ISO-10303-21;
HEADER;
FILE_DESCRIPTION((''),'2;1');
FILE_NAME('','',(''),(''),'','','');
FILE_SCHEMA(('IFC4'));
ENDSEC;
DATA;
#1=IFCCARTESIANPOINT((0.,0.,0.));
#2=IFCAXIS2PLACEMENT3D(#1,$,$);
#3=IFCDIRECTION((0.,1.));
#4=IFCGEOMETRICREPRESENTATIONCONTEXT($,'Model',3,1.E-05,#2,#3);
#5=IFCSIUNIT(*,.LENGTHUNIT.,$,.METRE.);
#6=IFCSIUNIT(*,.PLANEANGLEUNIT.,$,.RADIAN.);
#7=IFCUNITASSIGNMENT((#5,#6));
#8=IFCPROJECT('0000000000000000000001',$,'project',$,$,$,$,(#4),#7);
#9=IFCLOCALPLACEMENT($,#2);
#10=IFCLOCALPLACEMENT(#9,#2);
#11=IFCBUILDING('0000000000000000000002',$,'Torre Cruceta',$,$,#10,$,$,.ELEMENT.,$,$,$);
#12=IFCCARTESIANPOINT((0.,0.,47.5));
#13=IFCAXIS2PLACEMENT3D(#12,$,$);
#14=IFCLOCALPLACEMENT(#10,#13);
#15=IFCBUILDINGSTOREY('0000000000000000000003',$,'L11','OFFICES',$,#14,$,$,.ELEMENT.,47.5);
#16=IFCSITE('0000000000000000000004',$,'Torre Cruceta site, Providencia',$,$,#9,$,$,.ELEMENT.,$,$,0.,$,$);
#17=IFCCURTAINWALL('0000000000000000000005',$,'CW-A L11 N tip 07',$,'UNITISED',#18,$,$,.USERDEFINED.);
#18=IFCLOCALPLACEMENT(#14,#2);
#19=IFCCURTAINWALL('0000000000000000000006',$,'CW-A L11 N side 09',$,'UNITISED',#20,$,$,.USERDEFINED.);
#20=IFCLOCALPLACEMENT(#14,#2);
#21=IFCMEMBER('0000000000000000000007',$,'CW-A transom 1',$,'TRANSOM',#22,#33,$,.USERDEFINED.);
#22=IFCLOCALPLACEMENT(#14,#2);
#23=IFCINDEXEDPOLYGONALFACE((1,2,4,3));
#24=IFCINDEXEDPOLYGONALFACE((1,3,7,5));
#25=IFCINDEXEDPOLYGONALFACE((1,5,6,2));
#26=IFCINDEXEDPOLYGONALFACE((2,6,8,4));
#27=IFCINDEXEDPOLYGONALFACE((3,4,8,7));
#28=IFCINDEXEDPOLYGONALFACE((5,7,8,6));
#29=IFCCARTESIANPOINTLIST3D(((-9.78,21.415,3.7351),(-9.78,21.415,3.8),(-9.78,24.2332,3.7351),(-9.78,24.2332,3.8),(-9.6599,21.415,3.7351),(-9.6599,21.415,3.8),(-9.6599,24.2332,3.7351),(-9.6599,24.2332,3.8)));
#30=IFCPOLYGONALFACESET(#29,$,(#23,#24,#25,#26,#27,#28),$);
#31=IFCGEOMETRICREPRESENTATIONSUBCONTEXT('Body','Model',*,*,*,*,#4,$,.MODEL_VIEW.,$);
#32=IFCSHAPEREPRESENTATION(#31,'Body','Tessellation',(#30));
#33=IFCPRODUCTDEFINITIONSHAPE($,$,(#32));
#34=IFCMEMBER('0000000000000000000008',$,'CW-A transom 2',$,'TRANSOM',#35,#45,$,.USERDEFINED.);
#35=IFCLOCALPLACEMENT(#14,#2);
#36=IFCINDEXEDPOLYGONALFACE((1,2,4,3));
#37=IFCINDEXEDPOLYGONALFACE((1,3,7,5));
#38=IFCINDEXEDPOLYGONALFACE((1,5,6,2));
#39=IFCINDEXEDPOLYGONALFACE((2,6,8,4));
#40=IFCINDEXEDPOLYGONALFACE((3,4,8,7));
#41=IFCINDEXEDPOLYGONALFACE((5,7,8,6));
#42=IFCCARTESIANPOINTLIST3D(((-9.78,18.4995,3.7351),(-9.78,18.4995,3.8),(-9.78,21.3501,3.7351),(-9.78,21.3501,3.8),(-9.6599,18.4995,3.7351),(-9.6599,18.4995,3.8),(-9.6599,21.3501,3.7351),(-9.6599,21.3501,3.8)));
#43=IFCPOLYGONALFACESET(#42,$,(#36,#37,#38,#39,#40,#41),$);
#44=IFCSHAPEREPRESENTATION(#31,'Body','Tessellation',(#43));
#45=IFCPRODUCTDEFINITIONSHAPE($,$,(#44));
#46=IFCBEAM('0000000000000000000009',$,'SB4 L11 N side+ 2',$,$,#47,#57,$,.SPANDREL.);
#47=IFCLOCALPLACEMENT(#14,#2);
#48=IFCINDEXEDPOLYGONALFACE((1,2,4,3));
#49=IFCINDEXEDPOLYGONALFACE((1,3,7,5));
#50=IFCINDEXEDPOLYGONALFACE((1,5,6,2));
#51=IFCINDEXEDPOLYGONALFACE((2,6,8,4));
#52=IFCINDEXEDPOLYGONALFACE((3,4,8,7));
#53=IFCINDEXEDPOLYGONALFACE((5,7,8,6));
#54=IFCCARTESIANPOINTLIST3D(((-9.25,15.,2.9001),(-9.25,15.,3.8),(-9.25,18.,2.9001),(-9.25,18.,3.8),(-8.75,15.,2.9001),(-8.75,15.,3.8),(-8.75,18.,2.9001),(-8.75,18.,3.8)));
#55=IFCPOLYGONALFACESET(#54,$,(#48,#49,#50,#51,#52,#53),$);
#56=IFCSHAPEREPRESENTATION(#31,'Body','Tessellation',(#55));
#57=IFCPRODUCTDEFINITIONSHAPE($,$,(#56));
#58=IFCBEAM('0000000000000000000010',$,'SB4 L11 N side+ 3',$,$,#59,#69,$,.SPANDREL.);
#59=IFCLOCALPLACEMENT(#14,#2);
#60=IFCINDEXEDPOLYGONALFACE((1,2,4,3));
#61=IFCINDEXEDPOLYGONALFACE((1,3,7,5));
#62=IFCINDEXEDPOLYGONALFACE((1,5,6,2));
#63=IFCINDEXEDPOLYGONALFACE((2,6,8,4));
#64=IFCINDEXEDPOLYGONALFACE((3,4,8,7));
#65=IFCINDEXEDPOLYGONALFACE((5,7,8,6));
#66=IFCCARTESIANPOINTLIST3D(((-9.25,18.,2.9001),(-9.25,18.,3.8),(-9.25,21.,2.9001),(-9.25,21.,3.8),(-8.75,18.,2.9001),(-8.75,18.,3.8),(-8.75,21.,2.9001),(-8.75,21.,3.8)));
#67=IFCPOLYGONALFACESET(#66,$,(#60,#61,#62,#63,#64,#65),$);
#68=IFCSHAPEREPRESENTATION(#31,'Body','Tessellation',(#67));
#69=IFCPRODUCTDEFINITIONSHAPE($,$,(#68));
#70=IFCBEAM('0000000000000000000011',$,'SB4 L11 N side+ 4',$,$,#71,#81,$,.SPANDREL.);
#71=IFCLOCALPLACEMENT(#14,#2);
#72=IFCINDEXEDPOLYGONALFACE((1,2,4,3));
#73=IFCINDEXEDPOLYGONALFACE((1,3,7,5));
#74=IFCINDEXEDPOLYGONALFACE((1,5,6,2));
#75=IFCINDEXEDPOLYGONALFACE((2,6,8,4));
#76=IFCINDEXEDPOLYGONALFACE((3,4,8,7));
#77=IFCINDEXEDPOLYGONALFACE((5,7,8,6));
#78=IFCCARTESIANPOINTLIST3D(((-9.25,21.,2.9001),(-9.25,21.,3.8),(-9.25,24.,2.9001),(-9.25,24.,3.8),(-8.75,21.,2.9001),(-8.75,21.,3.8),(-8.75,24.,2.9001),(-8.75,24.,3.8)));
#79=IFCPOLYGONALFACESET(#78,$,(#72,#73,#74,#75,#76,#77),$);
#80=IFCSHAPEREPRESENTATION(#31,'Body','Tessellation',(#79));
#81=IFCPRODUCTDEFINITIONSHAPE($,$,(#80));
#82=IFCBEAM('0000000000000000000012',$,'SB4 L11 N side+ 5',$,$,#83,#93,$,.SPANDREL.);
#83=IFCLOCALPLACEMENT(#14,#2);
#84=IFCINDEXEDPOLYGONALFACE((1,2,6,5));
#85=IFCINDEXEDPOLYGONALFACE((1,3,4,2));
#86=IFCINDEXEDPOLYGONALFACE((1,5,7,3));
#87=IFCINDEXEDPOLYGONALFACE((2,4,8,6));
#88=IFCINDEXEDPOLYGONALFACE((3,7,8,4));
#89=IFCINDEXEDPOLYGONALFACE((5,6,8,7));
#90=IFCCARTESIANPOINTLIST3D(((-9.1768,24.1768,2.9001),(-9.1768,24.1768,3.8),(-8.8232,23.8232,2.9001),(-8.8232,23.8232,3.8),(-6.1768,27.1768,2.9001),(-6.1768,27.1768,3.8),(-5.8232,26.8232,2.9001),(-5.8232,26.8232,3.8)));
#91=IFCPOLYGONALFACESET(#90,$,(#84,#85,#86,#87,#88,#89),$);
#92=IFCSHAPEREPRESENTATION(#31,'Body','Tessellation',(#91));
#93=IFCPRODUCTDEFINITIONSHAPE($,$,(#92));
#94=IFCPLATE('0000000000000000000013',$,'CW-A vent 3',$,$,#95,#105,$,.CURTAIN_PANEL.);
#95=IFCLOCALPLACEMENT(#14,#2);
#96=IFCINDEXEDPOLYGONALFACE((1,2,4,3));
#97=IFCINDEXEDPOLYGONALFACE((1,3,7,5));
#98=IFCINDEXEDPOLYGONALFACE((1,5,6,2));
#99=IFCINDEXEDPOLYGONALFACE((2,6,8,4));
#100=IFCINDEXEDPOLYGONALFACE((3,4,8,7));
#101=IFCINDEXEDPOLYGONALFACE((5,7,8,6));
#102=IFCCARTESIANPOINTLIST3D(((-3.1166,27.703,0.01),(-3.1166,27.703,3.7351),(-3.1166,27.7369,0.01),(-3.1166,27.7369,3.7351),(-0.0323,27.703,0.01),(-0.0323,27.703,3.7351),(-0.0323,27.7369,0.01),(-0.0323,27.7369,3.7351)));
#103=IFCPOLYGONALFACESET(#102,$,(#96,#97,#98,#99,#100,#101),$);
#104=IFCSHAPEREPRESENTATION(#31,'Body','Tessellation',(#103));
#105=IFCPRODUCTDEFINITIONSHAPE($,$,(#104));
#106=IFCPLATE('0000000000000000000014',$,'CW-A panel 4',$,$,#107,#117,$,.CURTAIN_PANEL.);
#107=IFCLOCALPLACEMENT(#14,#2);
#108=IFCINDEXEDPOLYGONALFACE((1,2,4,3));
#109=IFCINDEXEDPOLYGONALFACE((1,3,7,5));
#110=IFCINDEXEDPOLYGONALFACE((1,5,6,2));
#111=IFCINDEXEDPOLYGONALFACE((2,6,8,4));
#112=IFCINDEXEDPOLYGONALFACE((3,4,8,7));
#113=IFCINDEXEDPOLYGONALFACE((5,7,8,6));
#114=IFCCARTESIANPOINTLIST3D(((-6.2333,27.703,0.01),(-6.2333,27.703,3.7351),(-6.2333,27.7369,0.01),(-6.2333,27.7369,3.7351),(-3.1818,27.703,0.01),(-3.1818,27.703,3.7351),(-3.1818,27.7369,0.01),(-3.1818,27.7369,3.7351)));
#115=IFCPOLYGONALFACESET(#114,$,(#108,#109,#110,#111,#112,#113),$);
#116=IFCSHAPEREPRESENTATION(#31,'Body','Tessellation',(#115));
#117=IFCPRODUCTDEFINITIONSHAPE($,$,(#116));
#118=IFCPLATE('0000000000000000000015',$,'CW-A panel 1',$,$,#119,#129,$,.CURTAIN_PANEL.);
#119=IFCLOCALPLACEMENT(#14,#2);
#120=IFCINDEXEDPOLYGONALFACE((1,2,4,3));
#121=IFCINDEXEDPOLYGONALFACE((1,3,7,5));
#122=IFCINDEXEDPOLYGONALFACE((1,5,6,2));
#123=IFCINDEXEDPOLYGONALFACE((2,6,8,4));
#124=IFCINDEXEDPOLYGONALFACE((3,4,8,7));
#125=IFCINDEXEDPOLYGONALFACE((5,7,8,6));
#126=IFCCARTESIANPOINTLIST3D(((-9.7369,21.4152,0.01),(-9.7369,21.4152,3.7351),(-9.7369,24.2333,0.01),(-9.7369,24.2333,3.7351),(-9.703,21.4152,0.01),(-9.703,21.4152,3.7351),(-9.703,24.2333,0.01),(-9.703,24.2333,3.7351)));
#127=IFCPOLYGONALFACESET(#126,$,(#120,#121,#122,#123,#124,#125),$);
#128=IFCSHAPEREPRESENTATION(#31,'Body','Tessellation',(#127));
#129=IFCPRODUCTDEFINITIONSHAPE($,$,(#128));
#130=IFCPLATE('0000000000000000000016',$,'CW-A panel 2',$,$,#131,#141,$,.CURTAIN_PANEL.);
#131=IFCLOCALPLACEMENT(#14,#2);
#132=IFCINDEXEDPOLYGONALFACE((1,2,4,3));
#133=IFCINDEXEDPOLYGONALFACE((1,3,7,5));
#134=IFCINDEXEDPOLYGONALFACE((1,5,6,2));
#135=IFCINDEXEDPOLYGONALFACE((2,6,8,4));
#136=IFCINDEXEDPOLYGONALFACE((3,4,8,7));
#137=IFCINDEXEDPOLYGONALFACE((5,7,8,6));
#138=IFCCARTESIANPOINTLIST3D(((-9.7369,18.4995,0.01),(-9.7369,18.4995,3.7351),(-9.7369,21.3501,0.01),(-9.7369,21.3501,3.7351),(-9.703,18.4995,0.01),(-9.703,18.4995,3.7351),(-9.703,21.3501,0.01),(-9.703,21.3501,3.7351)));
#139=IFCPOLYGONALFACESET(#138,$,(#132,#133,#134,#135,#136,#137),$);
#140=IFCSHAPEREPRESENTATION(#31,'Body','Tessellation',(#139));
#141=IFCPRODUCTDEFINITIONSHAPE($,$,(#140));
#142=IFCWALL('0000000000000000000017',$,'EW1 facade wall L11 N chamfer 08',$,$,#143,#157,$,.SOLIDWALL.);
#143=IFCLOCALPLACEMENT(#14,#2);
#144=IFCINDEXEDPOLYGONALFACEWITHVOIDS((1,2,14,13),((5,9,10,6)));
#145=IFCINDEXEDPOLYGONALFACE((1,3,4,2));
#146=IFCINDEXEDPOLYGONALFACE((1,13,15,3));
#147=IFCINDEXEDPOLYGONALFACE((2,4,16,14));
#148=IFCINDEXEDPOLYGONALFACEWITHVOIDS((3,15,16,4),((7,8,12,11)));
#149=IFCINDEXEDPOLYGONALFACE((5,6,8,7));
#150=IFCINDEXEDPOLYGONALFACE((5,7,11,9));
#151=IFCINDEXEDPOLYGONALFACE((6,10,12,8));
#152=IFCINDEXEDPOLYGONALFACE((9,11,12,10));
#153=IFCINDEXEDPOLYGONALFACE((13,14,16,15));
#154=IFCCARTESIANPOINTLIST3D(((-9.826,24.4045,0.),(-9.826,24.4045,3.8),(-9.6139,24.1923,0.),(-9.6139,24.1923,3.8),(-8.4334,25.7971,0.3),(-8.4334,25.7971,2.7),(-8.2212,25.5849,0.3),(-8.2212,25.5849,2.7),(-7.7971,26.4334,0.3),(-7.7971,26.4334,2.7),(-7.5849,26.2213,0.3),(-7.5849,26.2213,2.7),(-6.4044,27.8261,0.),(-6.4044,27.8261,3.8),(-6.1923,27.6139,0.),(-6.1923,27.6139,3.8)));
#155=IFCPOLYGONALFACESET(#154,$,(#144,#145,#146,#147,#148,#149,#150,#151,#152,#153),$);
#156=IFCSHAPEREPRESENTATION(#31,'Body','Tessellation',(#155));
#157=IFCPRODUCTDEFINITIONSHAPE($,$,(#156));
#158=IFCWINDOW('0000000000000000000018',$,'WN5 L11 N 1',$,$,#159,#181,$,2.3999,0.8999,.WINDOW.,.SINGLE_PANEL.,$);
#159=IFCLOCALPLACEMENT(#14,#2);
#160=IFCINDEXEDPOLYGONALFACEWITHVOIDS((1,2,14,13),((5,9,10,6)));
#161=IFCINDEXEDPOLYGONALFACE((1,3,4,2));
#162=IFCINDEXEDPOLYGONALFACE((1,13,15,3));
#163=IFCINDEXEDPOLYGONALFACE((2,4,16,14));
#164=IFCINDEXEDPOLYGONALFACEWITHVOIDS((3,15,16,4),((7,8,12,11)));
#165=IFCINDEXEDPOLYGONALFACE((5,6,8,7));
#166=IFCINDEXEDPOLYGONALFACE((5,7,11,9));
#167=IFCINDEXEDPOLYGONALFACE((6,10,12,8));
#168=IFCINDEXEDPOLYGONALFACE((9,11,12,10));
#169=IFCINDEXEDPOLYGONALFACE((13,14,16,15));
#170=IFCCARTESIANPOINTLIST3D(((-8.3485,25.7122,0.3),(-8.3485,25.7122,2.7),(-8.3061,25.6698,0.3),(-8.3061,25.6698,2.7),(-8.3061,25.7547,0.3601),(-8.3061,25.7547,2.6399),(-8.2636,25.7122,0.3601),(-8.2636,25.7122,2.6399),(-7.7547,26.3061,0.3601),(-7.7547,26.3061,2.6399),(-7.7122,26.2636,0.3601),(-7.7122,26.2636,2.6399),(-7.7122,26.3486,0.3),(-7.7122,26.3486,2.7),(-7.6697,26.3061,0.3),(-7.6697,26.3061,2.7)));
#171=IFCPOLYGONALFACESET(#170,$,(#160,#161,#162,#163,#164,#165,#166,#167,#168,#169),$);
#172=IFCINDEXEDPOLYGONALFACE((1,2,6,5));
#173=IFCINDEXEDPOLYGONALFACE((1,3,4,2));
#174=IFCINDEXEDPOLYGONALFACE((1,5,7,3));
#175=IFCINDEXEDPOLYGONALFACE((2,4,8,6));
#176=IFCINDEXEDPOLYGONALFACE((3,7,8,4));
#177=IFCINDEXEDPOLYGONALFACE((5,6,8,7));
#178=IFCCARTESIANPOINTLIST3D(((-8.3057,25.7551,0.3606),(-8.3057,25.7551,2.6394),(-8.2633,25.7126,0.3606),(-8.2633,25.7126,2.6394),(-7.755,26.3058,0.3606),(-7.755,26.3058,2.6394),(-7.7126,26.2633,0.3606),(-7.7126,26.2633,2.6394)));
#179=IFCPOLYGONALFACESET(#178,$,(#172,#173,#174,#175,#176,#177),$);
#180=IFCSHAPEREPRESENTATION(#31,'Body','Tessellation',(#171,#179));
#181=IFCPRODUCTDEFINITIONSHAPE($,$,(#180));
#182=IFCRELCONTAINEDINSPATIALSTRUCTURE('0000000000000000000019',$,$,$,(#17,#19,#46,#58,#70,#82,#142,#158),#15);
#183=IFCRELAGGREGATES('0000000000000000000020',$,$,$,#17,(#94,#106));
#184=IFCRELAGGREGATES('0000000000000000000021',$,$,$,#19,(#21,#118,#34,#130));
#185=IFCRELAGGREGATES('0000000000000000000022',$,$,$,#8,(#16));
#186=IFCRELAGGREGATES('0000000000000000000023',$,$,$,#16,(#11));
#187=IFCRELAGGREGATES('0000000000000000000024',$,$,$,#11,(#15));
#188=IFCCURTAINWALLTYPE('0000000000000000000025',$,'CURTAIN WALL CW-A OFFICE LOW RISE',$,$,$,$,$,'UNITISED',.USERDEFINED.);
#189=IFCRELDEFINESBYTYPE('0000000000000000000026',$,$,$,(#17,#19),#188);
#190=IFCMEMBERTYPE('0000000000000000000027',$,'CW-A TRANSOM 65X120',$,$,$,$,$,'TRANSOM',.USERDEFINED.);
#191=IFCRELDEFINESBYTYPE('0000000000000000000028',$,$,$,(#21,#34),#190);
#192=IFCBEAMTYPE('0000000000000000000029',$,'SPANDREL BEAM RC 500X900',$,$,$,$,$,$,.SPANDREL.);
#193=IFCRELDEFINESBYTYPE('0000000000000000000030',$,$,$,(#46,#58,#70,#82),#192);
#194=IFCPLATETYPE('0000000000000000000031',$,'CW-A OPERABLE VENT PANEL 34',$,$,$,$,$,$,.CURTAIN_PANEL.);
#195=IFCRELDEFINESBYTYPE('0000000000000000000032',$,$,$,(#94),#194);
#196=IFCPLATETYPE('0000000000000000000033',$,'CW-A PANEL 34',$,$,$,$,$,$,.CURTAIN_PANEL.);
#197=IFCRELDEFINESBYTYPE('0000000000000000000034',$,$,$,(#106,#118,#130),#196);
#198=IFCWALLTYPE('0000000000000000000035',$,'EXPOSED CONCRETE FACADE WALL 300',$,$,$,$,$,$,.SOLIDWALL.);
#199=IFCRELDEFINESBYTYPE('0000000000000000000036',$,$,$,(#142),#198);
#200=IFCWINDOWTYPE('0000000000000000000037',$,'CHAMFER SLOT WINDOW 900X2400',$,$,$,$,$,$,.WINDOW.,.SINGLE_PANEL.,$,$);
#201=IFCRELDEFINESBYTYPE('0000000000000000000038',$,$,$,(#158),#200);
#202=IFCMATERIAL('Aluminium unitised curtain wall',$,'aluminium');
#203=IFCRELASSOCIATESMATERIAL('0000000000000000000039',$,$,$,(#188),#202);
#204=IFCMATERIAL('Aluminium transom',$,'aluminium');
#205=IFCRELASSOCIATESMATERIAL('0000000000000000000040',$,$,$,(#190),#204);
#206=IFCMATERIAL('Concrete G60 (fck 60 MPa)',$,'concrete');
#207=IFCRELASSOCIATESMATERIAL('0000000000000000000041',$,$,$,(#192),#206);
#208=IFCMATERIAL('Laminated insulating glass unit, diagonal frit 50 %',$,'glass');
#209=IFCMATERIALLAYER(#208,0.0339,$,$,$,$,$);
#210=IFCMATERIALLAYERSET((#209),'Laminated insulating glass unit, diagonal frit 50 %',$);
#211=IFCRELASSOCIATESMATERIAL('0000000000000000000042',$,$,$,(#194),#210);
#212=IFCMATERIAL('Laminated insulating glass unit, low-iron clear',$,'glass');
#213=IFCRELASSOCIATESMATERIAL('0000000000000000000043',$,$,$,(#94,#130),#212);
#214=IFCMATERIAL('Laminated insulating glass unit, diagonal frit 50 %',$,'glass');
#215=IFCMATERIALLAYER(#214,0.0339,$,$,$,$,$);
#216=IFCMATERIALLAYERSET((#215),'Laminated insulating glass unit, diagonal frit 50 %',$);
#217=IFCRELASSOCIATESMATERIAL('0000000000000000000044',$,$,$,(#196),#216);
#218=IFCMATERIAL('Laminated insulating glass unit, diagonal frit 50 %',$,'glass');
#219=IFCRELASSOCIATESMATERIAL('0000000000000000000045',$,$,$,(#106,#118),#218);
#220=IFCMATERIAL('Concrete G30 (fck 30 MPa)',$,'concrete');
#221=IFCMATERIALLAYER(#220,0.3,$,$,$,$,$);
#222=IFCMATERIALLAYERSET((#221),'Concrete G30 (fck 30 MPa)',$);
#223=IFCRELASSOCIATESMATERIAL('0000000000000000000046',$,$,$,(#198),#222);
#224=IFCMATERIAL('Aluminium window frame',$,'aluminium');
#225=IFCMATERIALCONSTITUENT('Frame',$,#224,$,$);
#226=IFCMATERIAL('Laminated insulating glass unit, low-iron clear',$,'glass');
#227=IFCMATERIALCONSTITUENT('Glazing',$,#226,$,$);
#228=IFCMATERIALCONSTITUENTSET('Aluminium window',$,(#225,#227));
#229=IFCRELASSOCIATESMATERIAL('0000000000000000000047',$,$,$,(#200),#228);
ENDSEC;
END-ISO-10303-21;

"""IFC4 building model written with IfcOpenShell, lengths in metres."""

from ifc_helpers import new_model, si_unit, direction, frame, frame_2d, origin, origin_2d, place, context, subcontext, project, spatial, rectangle, hollow_rectangle, extrude, material, layer, layer_set, constituent, constituent_set, material_profile, profile_set, type_object, element, fill, aggregate, save


model = new_model("IFC4")

# Units and contexts
model_context = context("Model", 3, precision=1e-05, world=origin(), true_north=direction((0.0, 1.0)))
body_context = subcontext(model_context, "Body", "Model", "MODEL_VIEW")
ifc_project = project(units=[si_unit("LENGTHUNIT", "METRE"), si_unit("PLANEANGLEUNIT", "RADIAN")], contexts=[model_context])

# Site, building, storey
site_placement = place(None, origin())
site = spatial("IfcSite", under=ifc_project, at=site_placement, Name="Torre Cruceta site, Providencia", CompositionType="ELEMENT", RefElevation=0.0)
building_placement = place(site_placement, origin())
building = spatial("IfcBuilding", under=site, at=building_placement, Name="Torre Cruceta", CompositionType="ELEMENT")
storey_placement = place(building_placement, frame((0.0, 0.0, 47.5)))
storey = spatial("IfcBuildingStorey", under=building, at=storey_placement, Name="L11", Description="OFFICES", CompositionType="ELEMENT", Elevation=47.5)

# Curtain walls
ifc_material_1 = material(Name="Aluminium unitised curtain wall", Category="aluminium")
curtain_wall_type = type_object("IfcCurtainWallType", Name="CURTAIN WALL CW-A OFFICE LOW RISE", ElementType="UNITISED", PredefinedType="USERDEFINED", material=ifc_material_1)
curtain_wall_1_placement = place(storey_placement, origin())
curtain_wall_1 = element("IfcCurtainWall", 1, at=curtain_wall_1_placement, inside=storey, type_object=curtain_wall_type, Name="CW-A L11 N tip 07", ObjectType="UNITISED", PredefinedType="USERDEFINED")
curtain_wall_2_placement = place(storey_placement, origin())
curtain_wall_2 = element("IfcCurtainWall", 2, at=curtain_wall_2_placement, inside=storey, type_object=curtain_wall_type, Name="CW-A L11 N side 09", ObjectType="UNITISED", PredefinedType="USERDEFINED")

# Members
ifc_material_2 = material(Name="Aluminium transom", Category="aluminium")
ifc_material_profile_1 = material_profile(ifc_material_2, rectangle(XDim=0.1201, YDim=0.0649, at=origin_2d()), Name="AL 120X65")
ifc_profile_set_1 = profile_set([ifc_material_profile_1], Name="Aluminium transom")
member_type_1 = type_object("IfcMemberType", Name="CW-A TRANSOM 65X120", ElementType="TRANSOM", PredefinedType="USERDEFINED", material=ifc_profile_set_1)
member_1_placement = place(storey_placement, frame((-9.72, 24.2332, 3.7676), z_axis=(0.0, -1.0, 0.0), x_axis=(1.0, 0.0, 0.0)))
member_1 = element("IfcMember", 3, at=member_1_placement, type_object=member_type_1, Name="CW-A transom 1", ObjectType="TRANSOM", PredefinedType="USERDEFINED", context=body_context, shape_type="SweptSolid", body=[
    extrude(rectangle(XDim=0.1201, YDim=0.0649, at=origin_2d()), origin(), (0.0, 0.0, 1.0), 2.8181),
])
member_2_placement = place(storey_placement, frame((-9.72, 21.3501, 3.7676), z_axis=(0.0, -1.0, 0.0), x_axis=(1.0, 0.0, 0.0)))
member_2 = element("IfcMember", 4, at=member_2_placement, type_object=member_type_1, Name="CW-A transom 2", ObjectType="TRANSOM", PredefinedType="USERDEFINED", context=body_context, shape_type="SweptSolid", body=[
    extrude(rectangle(XDim=0.1201, YDim=0.0649, at=origin_2d()), origin(), (0.0, 0.0, 1.0), 2.8506),
])

# Beams
ifc_material_3 = material(Name="Concrete G60 (fck 60 MPa)", Category="concrete")
ifc_material_profile_2 = material_profile(ifc_material_3, rectangle(XDim=0.5, YDim=0.8999, at=origin_2d()), Name="RC 500X900")
ifc_profile_set_2 = profile_set([ifc_material_profile_2], Name="Concrete G60 (fck 60 MPa)")
beam_type_1 = type_object("IfcBeamType", Name="SPANDREL BEAM RC 500X900", PredefinedType="SPANDREL", material=ifc_profile_set_2)
for number, where, z_axis, x_axis, name in (
    (5, (-9.0, 15.0, 3.3501), (0.0, 1.0, 0.0), (-1.0, 0.0, 0.0), "SB4 L11 N side+ 2"),
    (6, (-9.0, 18.0, 3.3501), (0.0, 1.0, 0.0), (-1.0, 0.0, 0.0), "SB4 L11 N side+ 3"),
    (7, (-9.0, 21.0, 3.3501), (0.0, 1.0, 0.0), (-1.0, 0.0, 0.0), "SB4 L11 N side+ 4"),
):
    element("IfcBeam", number, at=place(storey_placement, frame(where, z_axis=z_axis, x_axis=x_axis)), inside=storey, type_object=beam_type_1, Name=name, PredefinedType="SPANDREL", context=body_context, shape_type="SweptSolid", body=[
        extrude(rectangle(XDim=0.5, YDim=0.8999, at=origin_2d()), origin(), (0.0, 0.0, 1.0), 3.0),
    ])
beam_placement = place(storey_placement, frame((-9.0, 24.0, 3.3501), z_axis=(0.707107, 0.707107, 0.0), x_axis=(-0.707107, 0.707107, 0.0)))
element("IfcBeam", 8, at=beam_placement, inside=storey, type_object=beam_type_1, Name="SB4 L11 N side+ 5", PredefinedType="SPANDREL", context=body_context, shape_type="SweptSolid", body=[
    extrude(rectangle(XDim=0.5, YDim=0.8999, at=origin_2d()), origin(), (0.0, 0.0, 1.0), 4.2427),
])

# Plates
ifc_material_4 = material(Name="Laminated insulating glass unit, low-iron clear", Category="glass")
ifc_material_5 = material(Name="Laminated insulating glass unit, diagonal frit 50 %", Category="glass")
ifc_layer_1 = layer(ifc_material_5, 0.0339)
ifc_layer_set_1 = layer_set([ifc_layer_1], Name="Laminated insulating glass unit, diagonal frit 50 %")
plate_type_1 = type_object("IfcPlateType", Name="CW-A OPERABLE VENT PANEL 34", PredefinedType="CURTAIN_PANEL", material=ifc_layer_set_1)
plate_1_placement = place(storey_placement, frame((-1.5745, 27.72, 0.01), z_axis=(0.0, 0.0, 1.0), x_axis=(-1.0, 0.0, 0.0)))
plate_1 = element("IfcPlate", 9, at=plate_1_placement, type_object=plate_type_1, material=ifc_material_4, Name="CW-A vent 3", PredefinedType="CURTAIN_PANEL", context=body_context, shape_type="SweptSolid", body=[
    extrude(rectangle(XDim=3.0842, YDim=0.0339, at=origin_2d()), origin(), (0.0, 0.0, 1.0), 3.7251),
])
ifc_material_6 = material(Name="Laminated insulating glass unit, diagonal frit 50 %", Category="glass")
ifc_material_7 = material(Name="Laminated insulating glass unit, diagonal frit 50 %", Category="glass")
ifc_layer_2 = layer(ifc_material_7, 0.0339)
ifc_layer_set_2 = layer_set([ifc_layer_2], Name="Laminated insulating glass unit, diagonal frit 50 %")
plate_type_2 = type_object("IfcPlateType", Name="CW-A PANEL 34", PredefinedType="CURTAIN_PANEL", material=ifc_layer_set_2)
plate_2_placement = place(storey_placement, frame((-4.7075, 27.72, 0.01), z_axis=(0.0, 0.0, 1.0), x_axis=(-1.0, 0.0, 0.0)))
plate_2 = element("IfcPlate", 10, at=plate_2_placement, type_object=plate_type_2, material=ifc_material_6, Name="CW-A panel 4", PredefinedType="CURTAIN_PANEL", context=body_context, shape_type="SweptSolid", body=[
    extrude(rectangle(XDim=3.0515, YDim=0.0339, at=origin_2d()), origin(), (0.0, 0.0, 1.0), 3.7251),
])
aggregate(curtain_wall_1, [plate_1, plate_2])
plate_3_placement = place(storey_placement, frame((-9.72, 22.8242, 0.01), z_axis=(0.0, 0.0, 1.0), x_axis=(0.0, -1.0, 0.0)))
plate_3 = element("IfcPlate", 11, at=plate_3_placement, type_object=plate_type_2, material=ifc_material_6, Name="CW-A panel 1", PredefinedType="CURTAIN_PANEL", context=body_context, shape_type="SweptSolid", body=[
    extrude(rectangle(XDim=2.8181, YDim=0.0339, at=origin_2d()), origin(), (0.0, 0.0, 1.0), 3.7251),
])
plate_4_placement = place(storey_placement, frame((-9.72, 19.9248, 0.01), z_axis=(0.0, 0.0, 1.0), x_axis=(0.0, -1.0, 0.0)))
plate_4 = element("IfcPlate", 12, at=plate_4_placement, type_object=plate_type_2, material=ifc_material_4, Name="CW-A panel 2", PredefinedType="CURTAIN_PANEL", context=body_context, shape_type="SweptSolid", body=[
    extrude(rectangle(XDim=2.8506, YDim=0.0339, at=origin_2d()), origin(), (0.0, 0.0, 1.0), 3.7251),
])
aggregate(curtain_wall_2, [member_1, plate_3, member_2, plate_4])

# Wall, opening, window
ifc_material_8 = material(Name="Concrete G30 (fck 30 MPa)", Category="concrete")
ifc_layer_3 = layer(ifc_material_8, 0.3)
ifc_layer_set_3 = layer_set([ifc_layer_3], Name="Concrete G30 (fck 30 MPa)")
wall_type_1 = type_object("IfcWallType", Name="EXPOSED CONCRETE FACADE WALL 300", PredefinedType="SOLIDWALL", material=ifc_layer_set_3)
wall_1_placement = place(storey_placement, frame((-6.2983, 27.72, 0.0), z_axis=(0.0, 0.0, 1.0), x_axis=(-0.707107, -0.707107, 0.0)))
wall_1 = element("IfcWall", 13, at=wall_1_placement, inside=storey, type_object=wall_type_1, Name="EW1 facade wall L11 N chamfer 08", PredefinedType="SOLIDWALL", context=body_context, shape_type="SweptSolid", body=[
    extrude(rectangle(XDim=4.8389, YDim=0.3, at=frame_2d((2.4194, 0.0))), origin(), (0.0, 0.0, 1.0), 3.8),
])
opening_1_placement = place(wall_1_placement, frame((1.9695, 0.0, 0.3)))
opening_1 = element("IfcOpeningElement", 14, at=opening_1_placement, cuts=wall_1, PredefinedType="OPENING", context=body_context, shape_type="SweptSolid", body=[
    extrude(rectangle(XDim=0.8999, YDim=2.3999, at=frame_2d((0.45, 1.2))), frame((0.0, 0.1599, 0.0), z_axis=(0.0, -1.0, 0.0), x_axis=(1.0, 0.0, 0.0)), (0.0, 0.0, 1.0), 0.3201),
])
ifc_material_9 = material(Name="Aluminium window frame", Category="aluminium")
ifc_constituent_1 = constituent(ifc_material_9, Name="Frame")
ifc_material_10 = material(Name="Laminated insulating glass unit, low-iron clear", Category="glass")
ifc_constituent_2 = constituent(ifc_material_10, Name="Glazing")
ifc_constituent_set_1 = constituent_set(constituents=[ifc_constituent_1, ifc_constituent_2], Name="Aluminium window")
window_type = type_object("IfcWindowType", Name="CHAMFER SLOT WINDOW 900X2400", PartitioningType="SINGLE_PANEL", PredefinedType="WINDOW", material=ifc_constituent_set_1)
window_placement = place(opening_1_placement, origin())
window = element("IfcWindow", 15, at=window_placement, inside=storey, type_object=window_type, Name="WN5 L11 N 1", OverallHeight=2.3999, OverallWidth=0.8999, PartitioningType="SINGLE_PANEL", PredefinedType="WINDOW", context=body_context, shape_type="SweptSolid", body=[
    extrude(hollow_rectangle(XDim=0.8999, YDim=2.3999, WallThickness=0.0601, at=frame_2d((0.45, 1.2))), frame((0.0, 0.03, 0.0), z_axis=(0.0, -1.0, 0.0), x_axis=(1.0, 0.0, 0.0)), (0.0, 0.0, 1.0), 0.0601),
    extrude(rectangle(XDim=0.7788, YDim=2.2788, at=frame_2d((0.45, 1.2))), frame((0.0, 0.03, 0.0), z_axis=(0.0, -1.0, 0.0), x_axis=(1.0, 0.0, 0.0)), (0.0, 0.0, 1.0), 0.0601),
])
fill(opening_1, window)

save(model, "model.ifc")
